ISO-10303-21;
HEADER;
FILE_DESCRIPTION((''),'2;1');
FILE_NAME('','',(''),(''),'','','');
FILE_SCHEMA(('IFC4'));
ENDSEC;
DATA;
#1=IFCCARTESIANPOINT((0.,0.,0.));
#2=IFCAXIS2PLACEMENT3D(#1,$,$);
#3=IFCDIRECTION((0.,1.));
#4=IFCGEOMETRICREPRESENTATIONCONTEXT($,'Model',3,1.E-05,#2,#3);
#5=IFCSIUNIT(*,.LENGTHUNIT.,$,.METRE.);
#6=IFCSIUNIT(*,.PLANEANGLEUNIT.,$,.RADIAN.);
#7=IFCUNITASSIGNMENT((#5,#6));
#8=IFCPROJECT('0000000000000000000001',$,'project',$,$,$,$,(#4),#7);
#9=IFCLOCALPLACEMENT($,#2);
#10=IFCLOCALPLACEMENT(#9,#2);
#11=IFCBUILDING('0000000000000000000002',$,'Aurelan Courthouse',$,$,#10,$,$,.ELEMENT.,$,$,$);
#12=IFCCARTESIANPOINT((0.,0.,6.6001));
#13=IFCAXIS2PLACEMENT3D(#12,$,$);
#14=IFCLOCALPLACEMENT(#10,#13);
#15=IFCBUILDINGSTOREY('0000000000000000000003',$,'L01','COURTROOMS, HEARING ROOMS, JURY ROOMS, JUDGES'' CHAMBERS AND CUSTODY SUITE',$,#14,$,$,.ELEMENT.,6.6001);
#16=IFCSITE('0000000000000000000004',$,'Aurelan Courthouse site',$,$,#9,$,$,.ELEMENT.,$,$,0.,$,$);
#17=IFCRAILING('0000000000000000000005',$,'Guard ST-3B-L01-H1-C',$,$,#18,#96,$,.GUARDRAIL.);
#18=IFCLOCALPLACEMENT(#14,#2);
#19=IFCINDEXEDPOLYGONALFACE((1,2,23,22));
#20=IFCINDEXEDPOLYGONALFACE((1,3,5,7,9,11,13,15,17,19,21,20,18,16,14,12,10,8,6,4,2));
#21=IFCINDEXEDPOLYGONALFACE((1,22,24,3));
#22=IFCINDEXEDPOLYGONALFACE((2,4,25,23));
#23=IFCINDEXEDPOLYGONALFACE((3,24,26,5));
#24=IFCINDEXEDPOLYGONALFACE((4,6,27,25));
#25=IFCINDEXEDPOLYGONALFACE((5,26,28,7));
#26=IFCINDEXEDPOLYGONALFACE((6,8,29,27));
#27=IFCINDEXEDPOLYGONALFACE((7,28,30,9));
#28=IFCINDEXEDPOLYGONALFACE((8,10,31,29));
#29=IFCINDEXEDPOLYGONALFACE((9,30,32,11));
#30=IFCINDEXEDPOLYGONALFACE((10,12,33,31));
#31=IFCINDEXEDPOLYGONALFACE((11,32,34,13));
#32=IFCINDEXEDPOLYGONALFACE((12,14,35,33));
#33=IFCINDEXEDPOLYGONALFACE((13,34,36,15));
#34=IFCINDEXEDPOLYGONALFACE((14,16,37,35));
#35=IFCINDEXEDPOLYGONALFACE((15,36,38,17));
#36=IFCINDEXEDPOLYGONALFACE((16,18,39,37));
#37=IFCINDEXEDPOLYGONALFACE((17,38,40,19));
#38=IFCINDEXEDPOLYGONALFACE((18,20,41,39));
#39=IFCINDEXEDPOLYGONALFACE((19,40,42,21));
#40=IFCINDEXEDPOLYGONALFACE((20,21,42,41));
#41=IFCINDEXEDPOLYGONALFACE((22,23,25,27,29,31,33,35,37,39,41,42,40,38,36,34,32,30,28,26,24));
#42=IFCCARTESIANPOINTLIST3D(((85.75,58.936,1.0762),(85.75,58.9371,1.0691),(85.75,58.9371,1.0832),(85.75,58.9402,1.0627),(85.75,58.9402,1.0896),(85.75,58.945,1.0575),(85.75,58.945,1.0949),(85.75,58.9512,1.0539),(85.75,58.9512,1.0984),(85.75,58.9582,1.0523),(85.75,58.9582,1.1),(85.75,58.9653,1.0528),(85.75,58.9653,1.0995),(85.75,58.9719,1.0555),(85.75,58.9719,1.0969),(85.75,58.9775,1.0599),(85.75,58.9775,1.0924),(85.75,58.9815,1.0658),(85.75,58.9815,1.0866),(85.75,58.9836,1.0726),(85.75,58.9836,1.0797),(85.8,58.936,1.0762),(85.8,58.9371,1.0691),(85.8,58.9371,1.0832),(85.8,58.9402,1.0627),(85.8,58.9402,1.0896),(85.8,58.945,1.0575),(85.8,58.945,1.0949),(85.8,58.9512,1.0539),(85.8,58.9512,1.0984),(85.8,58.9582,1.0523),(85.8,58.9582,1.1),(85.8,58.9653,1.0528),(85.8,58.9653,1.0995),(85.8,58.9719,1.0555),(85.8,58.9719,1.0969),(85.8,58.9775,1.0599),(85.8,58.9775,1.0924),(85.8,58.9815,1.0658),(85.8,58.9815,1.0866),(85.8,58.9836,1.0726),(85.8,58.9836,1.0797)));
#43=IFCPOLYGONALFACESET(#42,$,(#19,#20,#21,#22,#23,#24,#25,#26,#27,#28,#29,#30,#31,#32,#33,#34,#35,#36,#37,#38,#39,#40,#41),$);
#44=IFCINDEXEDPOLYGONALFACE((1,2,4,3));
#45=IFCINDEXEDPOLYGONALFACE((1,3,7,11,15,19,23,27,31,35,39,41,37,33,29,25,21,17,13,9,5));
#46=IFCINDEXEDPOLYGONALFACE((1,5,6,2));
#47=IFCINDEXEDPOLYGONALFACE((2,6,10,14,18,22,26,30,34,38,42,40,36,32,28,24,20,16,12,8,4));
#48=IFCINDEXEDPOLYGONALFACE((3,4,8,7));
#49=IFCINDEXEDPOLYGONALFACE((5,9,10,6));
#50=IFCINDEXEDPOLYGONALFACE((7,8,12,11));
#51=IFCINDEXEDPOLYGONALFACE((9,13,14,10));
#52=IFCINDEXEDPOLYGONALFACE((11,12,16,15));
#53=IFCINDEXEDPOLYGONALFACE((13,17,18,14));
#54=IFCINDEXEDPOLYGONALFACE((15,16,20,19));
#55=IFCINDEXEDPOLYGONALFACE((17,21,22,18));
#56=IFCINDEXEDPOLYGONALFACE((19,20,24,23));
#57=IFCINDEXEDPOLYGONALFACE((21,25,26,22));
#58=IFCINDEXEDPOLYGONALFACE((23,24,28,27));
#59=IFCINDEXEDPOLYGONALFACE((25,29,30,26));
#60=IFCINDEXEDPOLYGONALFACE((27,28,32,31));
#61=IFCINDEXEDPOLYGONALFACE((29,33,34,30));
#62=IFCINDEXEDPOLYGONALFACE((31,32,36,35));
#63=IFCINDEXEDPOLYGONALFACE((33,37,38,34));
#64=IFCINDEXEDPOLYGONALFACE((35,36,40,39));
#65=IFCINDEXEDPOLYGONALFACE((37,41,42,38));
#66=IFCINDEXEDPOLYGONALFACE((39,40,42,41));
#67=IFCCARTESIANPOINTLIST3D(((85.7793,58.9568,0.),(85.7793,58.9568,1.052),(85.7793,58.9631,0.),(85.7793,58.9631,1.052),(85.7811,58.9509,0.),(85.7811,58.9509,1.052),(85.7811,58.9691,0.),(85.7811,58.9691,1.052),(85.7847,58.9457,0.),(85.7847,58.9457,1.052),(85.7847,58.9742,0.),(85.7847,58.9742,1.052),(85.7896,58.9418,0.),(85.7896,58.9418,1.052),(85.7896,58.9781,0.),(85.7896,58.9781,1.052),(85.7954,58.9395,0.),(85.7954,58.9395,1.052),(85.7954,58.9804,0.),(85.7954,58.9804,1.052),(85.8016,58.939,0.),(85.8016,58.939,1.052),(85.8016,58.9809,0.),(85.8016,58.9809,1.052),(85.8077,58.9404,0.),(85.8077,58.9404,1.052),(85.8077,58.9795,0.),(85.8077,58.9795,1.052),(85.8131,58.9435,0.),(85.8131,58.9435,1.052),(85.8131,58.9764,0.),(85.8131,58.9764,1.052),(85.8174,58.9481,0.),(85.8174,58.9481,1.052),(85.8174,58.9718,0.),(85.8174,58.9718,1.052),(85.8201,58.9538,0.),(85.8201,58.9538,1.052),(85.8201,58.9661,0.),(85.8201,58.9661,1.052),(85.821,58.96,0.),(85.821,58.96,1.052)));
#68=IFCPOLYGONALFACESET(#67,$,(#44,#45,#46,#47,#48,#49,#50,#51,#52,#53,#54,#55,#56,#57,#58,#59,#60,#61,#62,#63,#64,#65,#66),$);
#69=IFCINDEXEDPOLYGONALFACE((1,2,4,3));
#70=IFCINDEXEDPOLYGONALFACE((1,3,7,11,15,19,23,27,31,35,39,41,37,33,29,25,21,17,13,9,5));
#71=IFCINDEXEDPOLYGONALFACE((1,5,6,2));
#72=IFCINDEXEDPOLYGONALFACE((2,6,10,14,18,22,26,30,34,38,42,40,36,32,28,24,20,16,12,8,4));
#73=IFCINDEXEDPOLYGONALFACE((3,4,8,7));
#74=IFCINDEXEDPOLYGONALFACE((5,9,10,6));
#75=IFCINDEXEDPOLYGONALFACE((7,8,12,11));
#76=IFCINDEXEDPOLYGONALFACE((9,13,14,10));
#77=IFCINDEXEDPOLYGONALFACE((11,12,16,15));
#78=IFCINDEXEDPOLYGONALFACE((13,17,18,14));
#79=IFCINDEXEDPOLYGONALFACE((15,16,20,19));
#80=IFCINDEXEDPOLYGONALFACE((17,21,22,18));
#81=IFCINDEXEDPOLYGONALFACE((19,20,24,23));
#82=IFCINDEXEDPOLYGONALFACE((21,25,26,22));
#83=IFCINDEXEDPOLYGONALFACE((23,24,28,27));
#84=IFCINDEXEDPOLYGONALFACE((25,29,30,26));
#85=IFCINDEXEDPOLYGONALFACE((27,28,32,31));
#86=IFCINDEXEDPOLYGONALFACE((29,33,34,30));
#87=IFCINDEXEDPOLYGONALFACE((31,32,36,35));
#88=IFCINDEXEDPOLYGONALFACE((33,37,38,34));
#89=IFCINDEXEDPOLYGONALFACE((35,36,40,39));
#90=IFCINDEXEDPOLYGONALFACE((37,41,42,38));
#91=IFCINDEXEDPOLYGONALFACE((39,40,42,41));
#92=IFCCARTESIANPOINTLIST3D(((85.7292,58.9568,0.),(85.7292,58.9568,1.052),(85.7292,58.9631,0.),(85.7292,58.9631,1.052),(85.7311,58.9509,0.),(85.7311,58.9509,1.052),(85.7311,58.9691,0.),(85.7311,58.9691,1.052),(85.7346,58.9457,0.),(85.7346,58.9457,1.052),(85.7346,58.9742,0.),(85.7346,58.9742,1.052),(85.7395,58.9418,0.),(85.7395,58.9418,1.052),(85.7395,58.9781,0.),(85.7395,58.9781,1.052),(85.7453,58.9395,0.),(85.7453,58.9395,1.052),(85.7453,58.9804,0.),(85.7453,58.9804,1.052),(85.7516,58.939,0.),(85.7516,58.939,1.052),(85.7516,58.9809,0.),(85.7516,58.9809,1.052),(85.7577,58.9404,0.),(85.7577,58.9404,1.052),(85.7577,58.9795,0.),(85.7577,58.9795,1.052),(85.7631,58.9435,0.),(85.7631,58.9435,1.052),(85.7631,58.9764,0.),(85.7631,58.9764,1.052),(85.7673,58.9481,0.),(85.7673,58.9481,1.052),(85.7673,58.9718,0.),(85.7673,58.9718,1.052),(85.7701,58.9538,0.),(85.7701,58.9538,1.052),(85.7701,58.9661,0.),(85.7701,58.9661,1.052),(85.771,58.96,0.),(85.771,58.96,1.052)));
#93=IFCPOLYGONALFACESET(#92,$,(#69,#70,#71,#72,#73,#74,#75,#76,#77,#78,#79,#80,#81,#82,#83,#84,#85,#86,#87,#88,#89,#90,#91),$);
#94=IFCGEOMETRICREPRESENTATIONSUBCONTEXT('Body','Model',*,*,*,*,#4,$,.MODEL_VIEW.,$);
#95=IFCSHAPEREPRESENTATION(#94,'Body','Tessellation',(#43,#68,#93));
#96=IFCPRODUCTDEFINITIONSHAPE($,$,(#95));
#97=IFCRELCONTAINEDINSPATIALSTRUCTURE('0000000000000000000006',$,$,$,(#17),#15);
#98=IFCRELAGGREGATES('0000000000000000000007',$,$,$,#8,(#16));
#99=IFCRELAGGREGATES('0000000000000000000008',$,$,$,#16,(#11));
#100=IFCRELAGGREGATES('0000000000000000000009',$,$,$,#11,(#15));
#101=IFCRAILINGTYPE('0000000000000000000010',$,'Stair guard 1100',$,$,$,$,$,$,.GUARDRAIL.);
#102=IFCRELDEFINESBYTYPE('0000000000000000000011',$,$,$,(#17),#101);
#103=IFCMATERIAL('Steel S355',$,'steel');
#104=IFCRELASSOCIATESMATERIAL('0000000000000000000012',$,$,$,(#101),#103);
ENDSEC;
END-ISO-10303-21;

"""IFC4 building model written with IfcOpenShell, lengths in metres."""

from ifc_helpers import new_model, si_unit, direction, frame, origin, origin_2d, place, context, subcontext, project, spatial, circle, extrude, material, type_object, element, save


model = new_model("IFC4")

# Units and contexts
model_context = context("Model", 3, precision=1e-05, world=origin(), true_north=direction((0.0, 1.0)))
body_context = subcontext(model_context, "Body", "Model", "MODEL_VIEW")
ifc_project = project(units=[si_unit("LENGTHUNIT", "METRE"), si_unit("PLANEANGLEUNIT", "RADIAN")], contexts=[model_context])

# Site, building, storey
site_placement = place(None, origin())
site = spatial("IfcSite", under=ifc_project, at=site_placement, Name="Aurelan Courthouse site", CompositionType="ELEMENT", RefElevation=0.0)
building_placement = place(site_placement, origin())
building = spatial("IfcBuilding", under=site, at=building_placement, Name="Aurelan Courthouse", CompositionType="ELEMENT")
storey_placement = place(building_placement, frame((0.0, 0.0, 6.6001)))
storey = spatial("IfcBuildingStorey", under=building, at=storey_placement, Name="L01", Description="COURTROOMS, HEARING ROOMS, JURY ROOMS, JUDGES' CHAMBERS AND CUSTODY SUITE", CompositionType="ELEMENT", Elevation=6.6001)

# Railing
ifc_material_1 = material(Name="Steel S355", Category="steel")
railing_type_1 = type_object("IfcRailingType", Name="Stair guard 1100", PredefinedType="GUARDRAIL", material=ifc_material_1)
railing_1_placement = place(storey_placement, frame((85.8, 58.96, 0.0)))
element("IfcRailing", 1, at=railing_1_placement, inside=storey, type_object=railing_type_1, Name="Guard ST-3B-L01-H1-C", PredefinedType="GUARDRAIL", context=body_context, shape_type="SweptSolid", body=[
    extrude(circle(Radius=0.0239, at=origin_2d()), frame((0.0, 0.0, 1.0762), z_axis=(-1.0, 0.0, 0.0), x_axis=(0.0, -1.0, 0.0)), (0.0, 0.0, 1.0), 0.05),
    extrude(circle(Radius=0.021, at=origin_2d()), origin(), (0.0, 0.0, 1.0), 1.052),
    extrude(circle(Radius=0.021, at=origin_2d()), frame((-0.05, 0.0, 0.0)), (0.0, 0.0, 1.0), 1.052),
])

save(model, "model.ifc")
